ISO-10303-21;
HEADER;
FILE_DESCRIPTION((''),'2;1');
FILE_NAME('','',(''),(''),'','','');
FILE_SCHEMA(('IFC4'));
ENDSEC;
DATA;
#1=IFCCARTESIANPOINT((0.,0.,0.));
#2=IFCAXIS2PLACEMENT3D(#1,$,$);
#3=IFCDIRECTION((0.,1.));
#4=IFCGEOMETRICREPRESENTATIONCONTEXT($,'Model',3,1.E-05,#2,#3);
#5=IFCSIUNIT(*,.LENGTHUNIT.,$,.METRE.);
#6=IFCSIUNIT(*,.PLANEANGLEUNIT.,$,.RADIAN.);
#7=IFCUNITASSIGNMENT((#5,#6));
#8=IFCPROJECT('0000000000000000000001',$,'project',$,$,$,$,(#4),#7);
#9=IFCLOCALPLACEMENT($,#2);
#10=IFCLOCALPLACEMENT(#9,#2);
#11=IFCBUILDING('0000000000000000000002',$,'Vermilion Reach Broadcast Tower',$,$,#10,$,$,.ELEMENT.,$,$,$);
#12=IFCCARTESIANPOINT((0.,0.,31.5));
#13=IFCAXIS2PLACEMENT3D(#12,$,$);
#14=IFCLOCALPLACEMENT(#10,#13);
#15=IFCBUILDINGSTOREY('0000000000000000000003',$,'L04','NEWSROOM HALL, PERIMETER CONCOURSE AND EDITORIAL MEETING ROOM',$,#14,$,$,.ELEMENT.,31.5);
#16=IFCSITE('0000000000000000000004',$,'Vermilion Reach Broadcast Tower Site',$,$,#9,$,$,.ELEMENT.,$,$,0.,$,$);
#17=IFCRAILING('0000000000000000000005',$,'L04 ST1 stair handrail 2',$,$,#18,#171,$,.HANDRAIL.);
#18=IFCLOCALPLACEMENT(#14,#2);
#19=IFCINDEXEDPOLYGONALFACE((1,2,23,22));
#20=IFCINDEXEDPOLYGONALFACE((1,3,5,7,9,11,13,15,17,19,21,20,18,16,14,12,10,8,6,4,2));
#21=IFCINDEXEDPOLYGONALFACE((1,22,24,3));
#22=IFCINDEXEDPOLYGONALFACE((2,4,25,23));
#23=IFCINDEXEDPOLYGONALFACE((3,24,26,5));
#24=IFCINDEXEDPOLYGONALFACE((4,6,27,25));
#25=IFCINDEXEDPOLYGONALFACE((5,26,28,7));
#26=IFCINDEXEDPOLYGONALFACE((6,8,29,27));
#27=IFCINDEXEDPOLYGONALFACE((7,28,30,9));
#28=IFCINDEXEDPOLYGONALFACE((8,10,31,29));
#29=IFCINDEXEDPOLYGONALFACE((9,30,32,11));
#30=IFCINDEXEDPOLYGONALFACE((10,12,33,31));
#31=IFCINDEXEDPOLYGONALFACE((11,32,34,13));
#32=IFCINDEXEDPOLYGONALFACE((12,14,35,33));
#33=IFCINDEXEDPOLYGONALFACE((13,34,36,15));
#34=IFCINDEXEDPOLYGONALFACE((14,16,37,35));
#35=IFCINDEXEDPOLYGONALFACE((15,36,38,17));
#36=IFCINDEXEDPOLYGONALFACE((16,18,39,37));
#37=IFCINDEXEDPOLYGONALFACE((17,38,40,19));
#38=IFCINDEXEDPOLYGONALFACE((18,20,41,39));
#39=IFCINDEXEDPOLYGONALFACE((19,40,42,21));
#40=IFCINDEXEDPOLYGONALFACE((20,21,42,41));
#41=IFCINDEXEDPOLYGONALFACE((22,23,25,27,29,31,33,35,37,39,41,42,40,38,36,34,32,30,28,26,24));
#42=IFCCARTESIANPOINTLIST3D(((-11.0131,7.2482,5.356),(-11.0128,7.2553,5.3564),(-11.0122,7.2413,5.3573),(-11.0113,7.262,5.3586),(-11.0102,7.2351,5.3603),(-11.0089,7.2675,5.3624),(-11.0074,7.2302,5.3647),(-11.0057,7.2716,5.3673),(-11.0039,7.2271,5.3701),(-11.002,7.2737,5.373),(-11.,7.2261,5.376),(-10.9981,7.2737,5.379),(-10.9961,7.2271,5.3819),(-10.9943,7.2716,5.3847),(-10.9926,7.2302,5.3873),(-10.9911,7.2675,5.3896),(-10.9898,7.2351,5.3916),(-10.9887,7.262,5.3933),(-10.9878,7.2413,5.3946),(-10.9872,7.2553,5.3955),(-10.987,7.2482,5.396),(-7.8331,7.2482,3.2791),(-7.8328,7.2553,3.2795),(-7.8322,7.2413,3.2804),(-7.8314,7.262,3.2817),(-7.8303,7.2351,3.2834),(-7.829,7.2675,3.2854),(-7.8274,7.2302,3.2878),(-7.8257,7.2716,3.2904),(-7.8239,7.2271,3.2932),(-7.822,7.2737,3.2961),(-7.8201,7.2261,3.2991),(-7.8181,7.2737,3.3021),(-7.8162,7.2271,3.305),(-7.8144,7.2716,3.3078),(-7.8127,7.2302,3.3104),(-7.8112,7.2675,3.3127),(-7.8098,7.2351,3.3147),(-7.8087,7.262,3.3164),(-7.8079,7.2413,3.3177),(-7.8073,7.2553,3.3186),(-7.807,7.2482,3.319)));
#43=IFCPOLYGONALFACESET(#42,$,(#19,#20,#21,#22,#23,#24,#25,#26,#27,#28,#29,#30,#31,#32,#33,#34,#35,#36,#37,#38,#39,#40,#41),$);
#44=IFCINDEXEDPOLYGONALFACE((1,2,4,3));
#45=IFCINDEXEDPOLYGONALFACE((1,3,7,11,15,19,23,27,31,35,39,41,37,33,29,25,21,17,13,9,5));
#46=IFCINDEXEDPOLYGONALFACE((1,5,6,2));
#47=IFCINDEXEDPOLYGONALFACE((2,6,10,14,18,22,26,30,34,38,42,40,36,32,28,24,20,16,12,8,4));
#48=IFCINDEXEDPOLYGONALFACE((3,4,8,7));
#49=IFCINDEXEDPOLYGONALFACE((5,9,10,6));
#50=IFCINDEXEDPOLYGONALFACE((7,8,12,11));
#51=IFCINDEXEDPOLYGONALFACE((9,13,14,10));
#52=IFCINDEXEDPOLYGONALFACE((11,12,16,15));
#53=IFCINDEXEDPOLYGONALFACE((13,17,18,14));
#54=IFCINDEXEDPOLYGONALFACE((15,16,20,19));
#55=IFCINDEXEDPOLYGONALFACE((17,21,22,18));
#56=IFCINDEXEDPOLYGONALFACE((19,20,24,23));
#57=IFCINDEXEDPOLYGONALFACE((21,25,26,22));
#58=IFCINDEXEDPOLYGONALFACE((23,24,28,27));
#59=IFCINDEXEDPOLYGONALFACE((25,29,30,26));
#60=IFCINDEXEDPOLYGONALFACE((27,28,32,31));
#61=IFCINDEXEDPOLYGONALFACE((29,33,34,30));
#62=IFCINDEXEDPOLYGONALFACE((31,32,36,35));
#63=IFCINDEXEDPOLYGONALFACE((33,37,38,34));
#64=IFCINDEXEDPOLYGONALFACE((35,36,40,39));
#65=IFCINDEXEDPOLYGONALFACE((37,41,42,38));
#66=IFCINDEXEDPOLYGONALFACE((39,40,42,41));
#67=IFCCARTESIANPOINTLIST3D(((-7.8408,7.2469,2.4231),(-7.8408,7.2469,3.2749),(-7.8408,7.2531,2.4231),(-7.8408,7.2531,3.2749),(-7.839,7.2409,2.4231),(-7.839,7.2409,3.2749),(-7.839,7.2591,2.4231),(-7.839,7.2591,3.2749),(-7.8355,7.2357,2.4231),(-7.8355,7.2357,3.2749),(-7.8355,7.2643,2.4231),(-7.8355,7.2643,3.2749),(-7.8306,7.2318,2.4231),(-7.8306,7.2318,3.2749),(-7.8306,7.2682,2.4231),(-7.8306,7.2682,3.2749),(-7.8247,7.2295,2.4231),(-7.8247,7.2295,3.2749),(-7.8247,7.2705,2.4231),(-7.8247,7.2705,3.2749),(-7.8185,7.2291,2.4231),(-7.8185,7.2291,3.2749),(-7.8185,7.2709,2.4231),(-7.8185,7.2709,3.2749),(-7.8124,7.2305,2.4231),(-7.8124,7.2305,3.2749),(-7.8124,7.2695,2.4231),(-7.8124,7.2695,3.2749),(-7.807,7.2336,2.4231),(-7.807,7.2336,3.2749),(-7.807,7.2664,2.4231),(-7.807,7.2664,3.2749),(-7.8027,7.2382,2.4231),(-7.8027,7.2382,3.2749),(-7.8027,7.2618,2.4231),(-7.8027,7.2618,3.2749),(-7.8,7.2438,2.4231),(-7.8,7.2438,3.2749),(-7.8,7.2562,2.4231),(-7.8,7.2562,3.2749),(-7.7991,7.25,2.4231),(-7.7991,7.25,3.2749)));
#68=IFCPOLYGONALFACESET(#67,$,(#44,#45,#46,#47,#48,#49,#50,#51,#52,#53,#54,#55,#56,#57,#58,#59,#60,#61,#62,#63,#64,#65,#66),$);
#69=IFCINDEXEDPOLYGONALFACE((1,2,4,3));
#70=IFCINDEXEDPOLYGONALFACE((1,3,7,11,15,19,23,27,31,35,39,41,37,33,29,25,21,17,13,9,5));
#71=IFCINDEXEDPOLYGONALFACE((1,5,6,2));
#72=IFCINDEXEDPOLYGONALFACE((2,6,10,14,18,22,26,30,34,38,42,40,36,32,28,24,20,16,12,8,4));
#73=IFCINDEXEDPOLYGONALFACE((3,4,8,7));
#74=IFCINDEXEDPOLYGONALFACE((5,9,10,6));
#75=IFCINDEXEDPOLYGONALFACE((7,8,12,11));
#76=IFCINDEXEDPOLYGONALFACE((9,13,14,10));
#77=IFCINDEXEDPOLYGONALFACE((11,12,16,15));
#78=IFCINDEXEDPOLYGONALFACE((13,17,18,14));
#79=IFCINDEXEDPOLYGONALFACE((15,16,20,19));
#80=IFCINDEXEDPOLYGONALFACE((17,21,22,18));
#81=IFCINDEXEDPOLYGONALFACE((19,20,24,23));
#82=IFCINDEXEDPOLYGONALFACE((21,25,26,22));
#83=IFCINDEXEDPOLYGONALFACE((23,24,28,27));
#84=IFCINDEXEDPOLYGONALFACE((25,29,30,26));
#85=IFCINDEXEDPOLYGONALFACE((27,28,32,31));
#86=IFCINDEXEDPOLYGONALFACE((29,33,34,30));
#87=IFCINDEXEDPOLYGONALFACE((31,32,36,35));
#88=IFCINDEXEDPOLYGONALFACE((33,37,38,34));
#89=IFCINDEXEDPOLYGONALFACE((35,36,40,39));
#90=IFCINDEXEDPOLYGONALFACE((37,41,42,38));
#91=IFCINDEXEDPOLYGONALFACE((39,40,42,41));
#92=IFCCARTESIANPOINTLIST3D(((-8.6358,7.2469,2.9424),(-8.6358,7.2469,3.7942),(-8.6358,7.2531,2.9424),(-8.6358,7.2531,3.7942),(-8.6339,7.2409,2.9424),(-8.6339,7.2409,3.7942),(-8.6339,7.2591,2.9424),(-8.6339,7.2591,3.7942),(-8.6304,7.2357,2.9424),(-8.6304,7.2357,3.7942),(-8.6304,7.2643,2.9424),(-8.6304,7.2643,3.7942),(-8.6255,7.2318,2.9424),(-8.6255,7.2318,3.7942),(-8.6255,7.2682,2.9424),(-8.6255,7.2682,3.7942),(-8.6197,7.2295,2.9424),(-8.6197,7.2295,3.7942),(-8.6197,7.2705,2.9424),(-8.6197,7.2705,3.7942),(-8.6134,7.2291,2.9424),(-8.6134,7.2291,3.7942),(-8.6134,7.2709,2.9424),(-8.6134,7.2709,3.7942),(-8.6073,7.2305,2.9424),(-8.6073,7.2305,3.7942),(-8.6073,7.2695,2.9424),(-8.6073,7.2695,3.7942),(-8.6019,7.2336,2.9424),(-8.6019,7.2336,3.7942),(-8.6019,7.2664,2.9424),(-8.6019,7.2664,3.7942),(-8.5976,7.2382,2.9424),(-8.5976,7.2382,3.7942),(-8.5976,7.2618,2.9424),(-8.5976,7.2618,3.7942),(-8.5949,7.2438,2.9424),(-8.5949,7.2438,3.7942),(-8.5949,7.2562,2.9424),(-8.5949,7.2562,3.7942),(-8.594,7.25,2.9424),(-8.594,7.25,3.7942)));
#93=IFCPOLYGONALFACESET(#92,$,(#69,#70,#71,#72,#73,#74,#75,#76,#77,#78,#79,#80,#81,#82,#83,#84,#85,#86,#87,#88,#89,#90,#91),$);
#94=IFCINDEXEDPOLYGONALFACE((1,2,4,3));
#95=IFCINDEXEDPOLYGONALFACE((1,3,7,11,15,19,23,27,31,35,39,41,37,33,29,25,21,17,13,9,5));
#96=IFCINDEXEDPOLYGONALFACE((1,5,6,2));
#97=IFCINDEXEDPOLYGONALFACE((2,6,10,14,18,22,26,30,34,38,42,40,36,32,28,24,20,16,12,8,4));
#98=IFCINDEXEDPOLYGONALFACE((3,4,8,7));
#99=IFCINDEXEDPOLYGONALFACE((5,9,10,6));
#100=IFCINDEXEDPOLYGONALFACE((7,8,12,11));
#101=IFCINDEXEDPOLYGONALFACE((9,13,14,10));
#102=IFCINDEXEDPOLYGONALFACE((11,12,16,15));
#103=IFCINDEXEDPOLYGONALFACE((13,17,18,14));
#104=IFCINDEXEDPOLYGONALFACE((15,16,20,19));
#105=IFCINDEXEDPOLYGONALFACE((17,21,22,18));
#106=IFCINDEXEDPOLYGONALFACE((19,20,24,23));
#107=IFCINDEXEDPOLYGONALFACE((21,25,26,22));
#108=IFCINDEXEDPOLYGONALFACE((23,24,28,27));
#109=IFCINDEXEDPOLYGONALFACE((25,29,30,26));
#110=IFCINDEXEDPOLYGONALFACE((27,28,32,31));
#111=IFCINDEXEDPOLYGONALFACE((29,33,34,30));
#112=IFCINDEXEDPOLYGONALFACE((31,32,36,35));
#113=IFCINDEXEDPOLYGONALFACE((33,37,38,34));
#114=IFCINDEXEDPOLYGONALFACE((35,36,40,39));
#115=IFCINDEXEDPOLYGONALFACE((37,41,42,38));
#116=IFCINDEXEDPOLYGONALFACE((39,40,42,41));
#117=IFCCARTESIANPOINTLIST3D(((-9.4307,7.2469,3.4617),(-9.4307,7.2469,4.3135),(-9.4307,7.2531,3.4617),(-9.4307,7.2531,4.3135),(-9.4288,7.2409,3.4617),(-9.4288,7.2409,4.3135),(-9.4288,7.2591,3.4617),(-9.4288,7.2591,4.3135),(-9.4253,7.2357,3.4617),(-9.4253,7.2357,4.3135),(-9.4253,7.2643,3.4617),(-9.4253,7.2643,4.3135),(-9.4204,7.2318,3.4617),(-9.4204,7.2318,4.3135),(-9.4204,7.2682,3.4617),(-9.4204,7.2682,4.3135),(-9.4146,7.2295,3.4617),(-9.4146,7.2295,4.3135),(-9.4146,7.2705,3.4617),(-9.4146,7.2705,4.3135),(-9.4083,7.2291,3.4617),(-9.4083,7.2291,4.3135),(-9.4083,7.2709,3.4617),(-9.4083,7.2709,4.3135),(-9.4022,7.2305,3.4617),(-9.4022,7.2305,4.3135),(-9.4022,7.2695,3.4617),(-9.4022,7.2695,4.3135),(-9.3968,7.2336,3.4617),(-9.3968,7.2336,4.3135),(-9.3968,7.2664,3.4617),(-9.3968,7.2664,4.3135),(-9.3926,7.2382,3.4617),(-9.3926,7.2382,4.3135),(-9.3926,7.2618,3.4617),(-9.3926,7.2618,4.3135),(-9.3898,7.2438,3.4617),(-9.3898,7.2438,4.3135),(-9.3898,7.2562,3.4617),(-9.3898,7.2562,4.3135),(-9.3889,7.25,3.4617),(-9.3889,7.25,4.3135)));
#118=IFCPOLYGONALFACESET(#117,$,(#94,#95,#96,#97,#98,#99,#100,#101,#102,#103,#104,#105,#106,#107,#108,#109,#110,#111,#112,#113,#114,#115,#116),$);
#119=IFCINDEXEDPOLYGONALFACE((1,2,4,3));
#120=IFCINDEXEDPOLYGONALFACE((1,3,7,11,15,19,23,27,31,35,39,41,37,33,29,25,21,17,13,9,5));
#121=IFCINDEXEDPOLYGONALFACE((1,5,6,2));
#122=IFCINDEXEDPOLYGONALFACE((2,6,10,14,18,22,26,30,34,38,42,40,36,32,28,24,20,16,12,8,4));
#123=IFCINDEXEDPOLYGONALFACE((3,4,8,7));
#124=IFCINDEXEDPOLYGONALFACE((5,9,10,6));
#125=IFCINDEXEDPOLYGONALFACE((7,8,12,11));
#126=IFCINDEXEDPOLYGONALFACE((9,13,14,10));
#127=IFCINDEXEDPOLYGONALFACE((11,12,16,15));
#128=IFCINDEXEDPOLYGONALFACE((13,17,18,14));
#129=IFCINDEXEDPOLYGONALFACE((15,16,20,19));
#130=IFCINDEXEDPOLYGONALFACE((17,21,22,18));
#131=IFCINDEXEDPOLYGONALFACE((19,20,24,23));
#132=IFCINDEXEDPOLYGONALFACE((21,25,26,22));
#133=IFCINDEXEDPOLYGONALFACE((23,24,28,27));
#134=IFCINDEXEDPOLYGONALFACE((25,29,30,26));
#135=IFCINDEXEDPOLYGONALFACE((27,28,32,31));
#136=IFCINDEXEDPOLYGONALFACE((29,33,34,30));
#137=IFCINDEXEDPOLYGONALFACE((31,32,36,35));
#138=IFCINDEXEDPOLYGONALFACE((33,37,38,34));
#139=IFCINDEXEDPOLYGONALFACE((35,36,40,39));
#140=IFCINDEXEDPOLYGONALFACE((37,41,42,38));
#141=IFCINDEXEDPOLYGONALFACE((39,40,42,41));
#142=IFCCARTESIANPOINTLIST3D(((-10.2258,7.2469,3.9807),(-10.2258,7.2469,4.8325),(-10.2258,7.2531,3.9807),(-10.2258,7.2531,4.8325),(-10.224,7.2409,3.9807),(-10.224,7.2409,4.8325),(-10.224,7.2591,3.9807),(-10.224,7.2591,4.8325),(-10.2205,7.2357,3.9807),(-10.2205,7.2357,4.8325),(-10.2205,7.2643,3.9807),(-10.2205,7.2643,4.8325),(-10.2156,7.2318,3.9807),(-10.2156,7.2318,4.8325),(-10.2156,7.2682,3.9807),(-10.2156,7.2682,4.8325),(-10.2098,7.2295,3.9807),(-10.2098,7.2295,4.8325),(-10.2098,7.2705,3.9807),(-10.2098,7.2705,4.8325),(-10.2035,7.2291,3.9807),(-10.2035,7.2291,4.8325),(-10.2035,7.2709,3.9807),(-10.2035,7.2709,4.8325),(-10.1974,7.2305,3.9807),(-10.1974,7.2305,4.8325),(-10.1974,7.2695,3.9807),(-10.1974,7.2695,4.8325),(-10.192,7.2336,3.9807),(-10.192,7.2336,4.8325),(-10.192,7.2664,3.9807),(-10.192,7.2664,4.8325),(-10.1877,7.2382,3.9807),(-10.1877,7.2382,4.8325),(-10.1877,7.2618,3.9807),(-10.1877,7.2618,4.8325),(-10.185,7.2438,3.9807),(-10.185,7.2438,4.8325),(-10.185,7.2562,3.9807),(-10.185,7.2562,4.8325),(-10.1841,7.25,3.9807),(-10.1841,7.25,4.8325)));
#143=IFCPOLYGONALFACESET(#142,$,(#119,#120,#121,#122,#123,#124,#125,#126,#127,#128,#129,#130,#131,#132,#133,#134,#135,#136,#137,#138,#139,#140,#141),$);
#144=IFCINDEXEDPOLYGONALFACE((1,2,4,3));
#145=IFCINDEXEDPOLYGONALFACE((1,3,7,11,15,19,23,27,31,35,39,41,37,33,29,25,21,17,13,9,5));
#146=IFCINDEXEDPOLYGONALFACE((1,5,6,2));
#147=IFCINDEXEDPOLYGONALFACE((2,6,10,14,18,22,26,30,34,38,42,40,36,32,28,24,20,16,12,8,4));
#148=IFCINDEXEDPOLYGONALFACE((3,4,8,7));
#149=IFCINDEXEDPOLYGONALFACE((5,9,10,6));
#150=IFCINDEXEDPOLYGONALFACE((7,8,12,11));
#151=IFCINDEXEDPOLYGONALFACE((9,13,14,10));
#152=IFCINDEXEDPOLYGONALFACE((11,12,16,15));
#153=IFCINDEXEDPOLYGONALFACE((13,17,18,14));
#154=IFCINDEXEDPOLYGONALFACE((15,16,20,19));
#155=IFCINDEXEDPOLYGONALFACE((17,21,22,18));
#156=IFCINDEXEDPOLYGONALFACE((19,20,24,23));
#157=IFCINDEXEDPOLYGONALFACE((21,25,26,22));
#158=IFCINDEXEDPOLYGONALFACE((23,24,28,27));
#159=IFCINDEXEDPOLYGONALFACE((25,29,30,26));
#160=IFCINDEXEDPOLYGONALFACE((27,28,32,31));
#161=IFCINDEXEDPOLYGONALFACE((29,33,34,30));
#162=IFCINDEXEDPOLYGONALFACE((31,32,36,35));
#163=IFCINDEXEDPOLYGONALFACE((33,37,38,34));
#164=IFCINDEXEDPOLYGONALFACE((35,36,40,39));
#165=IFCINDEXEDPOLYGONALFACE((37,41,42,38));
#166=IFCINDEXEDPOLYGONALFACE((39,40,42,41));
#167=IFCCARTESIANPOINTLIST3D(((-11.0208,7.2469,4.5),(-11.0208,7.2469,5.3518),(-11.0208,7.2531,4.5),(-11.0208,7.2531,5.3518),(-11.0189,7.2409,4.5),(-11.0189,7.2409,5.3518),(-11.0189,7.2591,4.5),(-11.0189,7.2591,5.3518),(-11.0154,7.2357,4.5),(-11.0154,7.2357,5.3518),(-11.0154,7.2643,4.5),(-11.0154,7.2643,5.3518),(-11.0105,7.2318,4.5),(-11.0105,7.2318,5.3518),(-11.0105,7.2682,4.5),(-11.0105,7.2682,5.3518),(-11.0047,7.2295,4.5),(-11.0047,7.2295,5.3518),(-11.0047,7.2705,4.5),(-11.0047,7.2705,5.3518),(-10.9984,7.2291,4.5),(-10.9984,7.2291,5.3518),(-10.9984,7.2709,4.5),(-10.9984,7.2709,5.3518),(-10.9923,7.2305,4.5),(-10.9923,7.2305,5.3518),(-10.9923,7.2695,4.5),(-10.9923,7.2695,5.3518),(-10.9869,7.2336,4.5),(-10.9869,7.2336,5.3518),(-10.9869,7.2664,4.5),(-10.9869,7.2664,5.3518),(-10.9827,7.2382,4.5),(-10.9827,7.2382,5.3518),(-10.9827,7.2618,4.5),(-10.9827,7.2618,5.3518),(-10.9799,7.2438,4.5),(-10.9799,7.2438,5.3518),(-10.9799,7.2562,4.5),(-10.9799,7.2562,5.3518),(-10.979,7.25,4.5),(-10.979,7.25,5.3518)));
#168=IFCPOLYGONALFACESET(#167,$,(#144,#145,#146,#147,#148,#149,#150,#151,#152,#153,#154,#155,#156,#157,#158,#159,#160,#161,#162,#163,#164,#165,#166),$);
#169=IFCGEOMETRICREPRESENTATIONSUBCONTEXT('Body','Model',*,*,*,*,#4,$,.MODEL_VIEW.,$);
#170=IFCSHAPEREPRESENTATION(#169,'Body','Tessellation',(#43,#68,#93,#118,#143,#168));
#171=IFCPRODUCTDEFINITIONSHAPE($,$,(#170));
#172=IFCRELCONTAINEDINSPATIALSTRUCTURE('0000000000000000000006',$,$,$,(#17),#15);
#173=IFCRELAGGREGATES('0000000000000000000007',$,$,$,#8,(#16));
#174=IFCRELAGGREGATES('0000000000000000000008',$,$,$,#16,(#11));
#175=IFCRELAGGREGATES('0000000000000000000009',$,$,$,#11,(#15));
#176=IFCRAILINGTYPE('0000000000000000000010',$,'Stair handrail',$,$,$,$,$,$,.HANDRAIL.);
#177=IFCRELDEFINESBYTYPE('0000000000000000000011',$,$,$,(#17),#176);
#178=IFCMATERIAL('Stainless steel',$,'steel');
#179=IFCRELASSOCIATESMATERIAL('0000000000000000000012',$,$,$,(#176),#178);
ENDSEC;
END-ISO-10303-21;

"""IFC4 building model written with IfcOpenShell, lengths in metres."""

from ifc_helpers import new_model, si_unit, direction, frame, origin, origin_2d, place, context, subcontext, project, spatial, circle, extrude, material, type_object, element, save


model = new_model("IFC4")

# Units and contexts
model_context = context("Model", 3, precision=1e-05, world=origin(), true_north=direction((0.0, 1.0)))
body_context = subcontext(model_context, "Body", "Model", "MODEL_VIEW")
ifc_project = project(units=[si_unit("LENGTHUNIT", "METRE"), si_unit("PLANEANGLEUNIT", "RADIAN")], contexts=[model_context])

# Site, building, storey
site_placement = place(None, origin())
site = spatial("IfcSite", under=ifc_project, at=site_placement, Name="Vermilion Reach Broadcast Tower Site", CompositionType="ELEMENT", RefElevation=0.0)
building_placement = place(site_placement, origin())
building = spatial("IfcBuilding", under=site, at=building_placement, Name="Vermilion Reach Broadcast Tower", CompositionType="ELEMENT")
storey_placement = place(building_placement, frame((0.0, 0.0, 31.5)))
storey = spatial("IfcBuildingStorey", under=building, at=storey_placement, Name="L04", Description="NEWSROOM HALL, PERIMETER CONCOURSE AND EDITORIAL MEETING ROOM", CompositionType="ELEMENT", Elevation=31.5)

# Railing
ifc_material_1 = material(Name="Stainless steel", Category="steel")
railing_type_1 = type_object("IfcRailingType", Name="Stair handrail", PredefinedType="HANDRAIL", material=ifc_material_1)
railing_1_placement = place(storey_placement, frame((-7.8201, 7.25, 2.4231)))
element("IfcRailing", 1, at=railing_1_placement, inside=storey, type_object=railing_type_1, Name="L04 ST1 stair handrail 2", PredefinedType="HANDRAIL", context=body_context, shape_type="SweptSolid", body=[
    extrude(circle(Radius=0.0239, at=origin_2d()), frame((0.0, 0.0, 0.876), z_axis=(-0.837245, 0.0, 0.546828), x_axis=(0.0, -1.0, 0.0)), (0.0, 0.0, 1.0), 3.7981),
    extrude(circle(Radius=0.021, at=origin_2d()), origin(), (0.0, 0.0, 1.0), 0.8518),
    extrude(circle(Radius=0.021, at=origin_2d()), frame((-0.7949, 0.0, 0.5193)), (0.0, 0.0, 1.0), 0.8518),
    extrude(circle(Radius=0.021, at=origin_2d()), frame((-1.5898, 0.0, 1.0386)), (0.0, 0.0, 1.0), 0.8518),
    extrude(circle(Radius=0.021, at=origin_2d()), frame((-2.385, 0.0, 1.5576)), (0.0, 0.0, 1.0), 0.8518),
    extrude(circle(Radius=0.021, at=origin_2d()), frame((-3.1799, 0.0, 2.0769)), (0.0, 0.0, 1.0), 0.8518),
])

save(model, "model.ifc")
